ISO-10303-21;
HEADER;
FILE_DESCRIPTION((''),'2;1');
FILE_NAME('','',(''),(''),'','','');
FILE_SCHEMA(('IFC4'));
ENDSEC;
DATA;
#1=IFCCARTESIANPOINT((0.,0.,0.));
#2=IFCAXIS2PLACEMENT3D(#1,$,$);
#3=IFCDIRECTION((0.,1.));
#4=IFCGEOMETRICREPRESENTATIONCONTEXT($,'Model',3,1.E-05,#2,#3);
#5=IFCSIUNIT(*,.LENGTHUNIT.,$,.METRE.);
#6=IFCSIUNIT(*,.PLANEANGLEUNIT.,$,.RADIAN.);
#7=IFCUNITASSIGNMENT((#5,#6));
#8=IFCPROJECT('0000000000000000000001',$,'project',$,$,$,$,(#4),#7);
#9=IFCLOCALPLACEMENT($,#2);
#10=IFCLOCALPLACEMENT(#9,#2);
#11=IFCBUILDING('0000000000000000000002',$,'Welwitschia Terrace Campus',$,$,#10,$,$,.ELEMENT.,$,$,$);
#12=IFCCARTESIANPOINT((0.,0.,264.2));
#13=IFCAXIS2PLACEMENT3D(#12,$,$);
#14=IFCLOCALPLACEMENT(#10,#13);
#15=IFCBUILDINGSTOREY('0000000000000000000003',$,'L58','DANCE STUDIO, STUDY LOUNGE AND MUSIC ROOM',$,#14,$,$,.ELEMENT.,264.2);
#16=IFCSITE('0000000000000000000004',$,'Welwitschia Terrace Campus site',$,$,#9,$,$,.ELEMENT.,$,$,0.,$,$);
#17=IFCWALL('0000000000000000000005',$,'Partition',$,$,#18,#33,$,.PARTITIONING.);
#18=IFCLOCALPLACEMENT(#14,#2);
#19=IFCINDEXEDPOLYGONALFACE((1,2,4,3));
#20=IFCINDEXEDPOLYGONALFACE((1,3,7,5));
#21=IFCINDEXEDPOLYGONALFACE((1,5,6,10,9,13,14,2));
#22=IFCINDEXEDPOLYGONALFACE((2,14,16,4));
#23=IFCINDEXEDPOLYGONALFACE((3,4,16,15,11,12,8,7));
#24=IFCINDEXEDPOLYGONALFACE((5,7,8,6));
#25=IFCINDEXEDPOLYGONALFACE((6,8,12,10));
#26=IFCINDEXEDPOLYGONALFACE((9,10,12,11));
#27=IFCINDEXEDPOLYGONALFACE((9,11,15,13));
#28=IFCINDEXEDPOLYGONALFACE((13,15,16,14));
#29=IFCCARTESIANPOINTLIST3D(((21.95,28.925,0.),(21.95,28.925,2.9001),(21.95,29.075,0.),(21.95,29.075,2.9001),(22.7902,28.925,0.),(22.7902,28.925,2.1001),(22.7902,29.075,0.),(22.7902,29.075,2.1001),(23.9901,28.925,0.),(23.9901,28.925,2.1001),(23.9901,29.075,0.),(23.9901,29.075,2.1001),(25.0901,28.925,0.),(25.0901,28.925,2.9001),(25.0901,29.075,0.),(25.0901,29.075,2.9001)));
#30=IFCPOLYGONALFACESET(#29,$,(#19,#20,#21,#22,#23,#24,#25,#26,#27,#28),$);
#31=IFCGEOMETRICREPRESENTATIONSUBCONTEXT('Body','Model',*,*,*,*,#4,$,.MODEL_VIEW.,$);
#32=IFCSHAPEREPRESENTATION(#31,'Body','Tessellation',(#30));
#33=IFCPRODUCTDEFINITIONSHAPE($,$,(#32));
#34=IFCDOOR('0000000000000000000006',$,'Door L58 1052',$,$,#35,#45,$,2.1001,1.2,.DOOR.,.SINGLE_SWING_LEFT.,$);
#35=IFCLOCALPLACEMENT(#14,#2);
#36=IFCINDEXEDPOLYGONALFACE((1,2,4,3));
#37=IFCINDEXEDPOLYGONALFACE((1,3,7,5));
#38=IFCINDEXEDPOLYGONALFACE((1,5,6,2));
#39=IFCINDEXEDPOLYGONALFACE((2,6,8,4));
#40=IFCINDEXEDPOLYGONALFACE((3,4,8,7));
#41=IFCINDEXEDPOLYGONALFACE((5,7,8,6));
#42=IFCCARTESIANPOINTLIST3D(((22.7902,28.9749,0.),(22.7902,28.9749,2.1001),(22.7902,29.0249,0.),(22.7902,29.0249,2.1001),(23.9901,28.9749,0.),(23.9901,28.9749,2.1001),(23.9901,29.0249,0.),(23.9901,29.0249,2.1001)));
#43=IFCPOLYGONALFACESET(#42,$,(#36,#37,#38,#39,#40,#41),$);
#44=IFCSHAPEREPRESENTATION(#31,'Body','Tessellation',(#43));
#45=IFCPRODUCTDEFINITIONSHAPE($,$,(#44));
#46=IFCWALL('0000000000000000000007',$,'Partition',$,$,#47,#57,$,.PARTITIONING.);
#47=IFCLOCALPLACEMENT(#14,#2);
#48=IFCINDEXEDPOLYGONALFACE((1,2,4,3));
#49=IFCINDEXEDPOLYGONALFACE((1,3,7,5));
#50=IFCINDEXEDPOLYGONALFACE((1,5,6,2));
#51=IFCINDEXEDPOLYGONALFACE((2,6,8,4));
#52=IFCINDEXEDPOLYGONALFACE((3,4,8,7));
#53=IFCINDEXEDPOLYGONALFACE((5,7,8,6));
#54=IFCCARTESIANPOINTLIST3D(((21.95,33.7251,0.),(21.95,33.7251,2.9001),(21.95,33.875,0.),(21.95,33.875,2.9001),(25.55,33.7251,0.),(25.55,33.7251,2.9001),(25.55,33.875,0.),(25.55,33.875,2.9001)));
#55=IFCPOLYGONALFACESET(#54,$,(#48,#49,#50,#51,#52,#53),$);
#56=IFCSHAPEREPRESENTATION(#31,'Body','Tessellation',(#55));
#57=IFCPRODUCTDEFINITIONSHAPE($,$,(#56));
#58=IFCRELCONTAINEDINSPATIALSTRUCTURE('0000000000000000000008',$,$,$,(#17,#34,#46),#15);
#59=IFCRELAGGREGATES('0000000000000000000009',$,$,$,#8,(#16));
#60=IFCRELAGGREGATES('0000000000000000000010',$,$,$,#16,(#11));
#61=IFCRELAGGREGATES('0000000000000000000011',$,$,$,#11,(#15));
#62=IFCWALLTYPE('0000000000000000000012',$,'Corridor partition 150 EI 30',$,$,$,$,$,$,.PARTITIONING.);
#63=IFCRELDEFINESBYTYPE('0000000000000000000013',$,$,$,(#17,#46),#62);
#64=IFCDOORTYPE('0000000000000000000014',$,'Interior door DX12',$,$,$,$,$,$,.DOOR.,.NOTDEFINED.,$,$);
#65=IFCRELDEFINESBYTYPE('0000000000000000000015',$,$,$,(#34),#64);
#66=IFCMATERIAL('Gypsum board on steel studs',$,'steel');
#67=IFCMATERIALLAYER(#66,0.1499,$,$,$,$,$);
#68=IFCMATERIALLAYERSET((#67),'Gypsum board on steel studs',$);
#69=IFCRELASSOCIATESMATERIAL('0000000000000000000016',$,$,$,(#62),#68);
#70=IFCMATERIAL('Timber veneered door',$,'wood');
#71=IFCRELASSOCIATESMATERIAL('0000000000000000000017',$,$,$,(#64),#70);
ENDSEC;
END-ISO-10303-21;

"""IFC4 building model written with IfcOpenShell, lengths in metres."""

from ifc_helpers import new_model, si_unit, direction, frame, frame_2d, origin, place, context, subcontext, project, spatial, rectangle, extrude, material, layer, layer_set, type_object, element, fill, save


model = new_model("IFC4")

# Units and contexts
model_context = context("Model", 3, precision=1e-05, world=origin(), true_north=direction((0.0, 1.0)))
body_context = subcontext(model_context, "Body", "Model", "MODEL_VIEW")
ifc_project = project(units=[si_unit("LENGTHUNIT", "METRE"), si_unit("PLANEANGLEUNIT", "RADIAN")], contexts=[model_context])

# Site, building, storey
site_placement = place(None, origin())
site = spatial("IfcSite", under=ifc_project, at=site_placement, Name="Welwitschia Terrace Campus site", CompositionType="ELEMENT", RefElevation=0.0)
building_placement = place(site_placement, origin())
building = spatial("IfcBuilding", under=site, at=building_placement, Name="Welwitschia Terrace Campus", CompositionType="ELEMENT")
storey_placement = place(building_placement, frame((0.0, 0.0, 264.2)))
storey = spatial("IfcBuildingStorey", under=building, at=storey_placement, Name="L58", Description="DANCE STUDIO, STUDY LOUNGE AND MUSIC ROOM", CompositionType="ELEMENT", Elevation=264.2)

# Shared definitions
ifc_material_1 = material(Name="Gypsum board on steel studs", Category="steel")
ifc_layer_1 = layer(ifc_material_1, 0.1499)
ifc_layer_set_1 = layer_set([ifc_layer_1], Name="Gypsum board on steel studs")
wall_type = type_object("IfcWallType", Name="Corridor partition 150 EI 30", PredefinedType="PARTITIONING", material=ifc_layer_set_1)

# Wall, opening, door
wall_1_placement = place(storey_placement, frame((21.95, 29.0, 0.0), z_axis=(0.0, 0.0, 1.0), x_axis=(1.0, 0.0, 0.0)))
wall_1 = element("IfcWall", 1, at=wall_1_placement, inside=storey, type_object=wall_type, Name="Partition", PredefinedType="PARTITIONING", context=body_context, shape_type="SweptSolid", body=[
    extrude(rectangle(XDim=3.1401, YDim=0.1499, at=frame_2d((1.5701, 0.0))), origin(), (0.0, 0.0, 1.0), 2.9001),
])
opening_1_placement = place(wall_1_placement, frame((0.8401, 0.0, 0.0)))
opening_1 = element("IfcOpeningElement", 2, at=opening_1_placement, cuts=wall_1, PredefinedType="OPENING", context=body_context, shape_type="SweptSolid", body=[
    extrude(rectangle(XDim=1.2, YDim=2.1001, at=frame_2d((0.6001, 1.05))), frame((0.0, 0.085, 0.0), z_axis=(0.0, -1.0, 0.0), x_axis=(1.0, 0.0, 0.0)), (0.0, 0.0, 1.0), 0.1699),
])
ifc_material_2 = material(Name="Timber veneered door", Category="wood")
door_type_1 = type_object("IfcDoorType", Name="Interior door DX12", OperationType="NOTDEFINED", PredefinedType="DOOR", material=ifc_material_2)
door_1_placement = place(opening_1_placement, origin())
door_1 = element("IfcDoor", 3, at=door_1_placement, inside=storey, type_object=door_type_1, Name="Door L58 1052", OperationType="SINGLE_SWING_LEFT", OverallHeight=2.1001, OverallWidth=1.2, PredefinedType="DOOR", context=body_context, shape_type="SweptSolid", body=[
    extrude(rectangle(XDim=1.2, YDim=2.1001, at=frame_2d((0.6001, 1.05))), frame((0.0, 0.0249, 0.0), z_axis=(0.0, -1.0, 0.0), x_axis=(1.0, 0.0, 0.0)), (0.0, 0.0, 1.0), 0.05),
])
fill(opening_1, door_1)

# Wall
wall_2_placement = place(storey_placement, frame((21.95, 33.8, 0.0), z_axis=(0.0, 0.0, 1.0), x_axis=(1.0, 0.0, 0.0)))
element("IfcWall", 4, at=wall_2_placement, inside=storey, type_object=wall_type, Name="Partition", PredefinedType="PARTITIONING", context=body_context, shape_type="SweptSolid", body=[
    extrude(rectangle(XDim=3.6001, YDim=0.1499, at=frame_2d((1.8, 0.0))), origin(), (0.0, 0.0, 1.0), 2.9001),
])

save(model, "model.ifc")
